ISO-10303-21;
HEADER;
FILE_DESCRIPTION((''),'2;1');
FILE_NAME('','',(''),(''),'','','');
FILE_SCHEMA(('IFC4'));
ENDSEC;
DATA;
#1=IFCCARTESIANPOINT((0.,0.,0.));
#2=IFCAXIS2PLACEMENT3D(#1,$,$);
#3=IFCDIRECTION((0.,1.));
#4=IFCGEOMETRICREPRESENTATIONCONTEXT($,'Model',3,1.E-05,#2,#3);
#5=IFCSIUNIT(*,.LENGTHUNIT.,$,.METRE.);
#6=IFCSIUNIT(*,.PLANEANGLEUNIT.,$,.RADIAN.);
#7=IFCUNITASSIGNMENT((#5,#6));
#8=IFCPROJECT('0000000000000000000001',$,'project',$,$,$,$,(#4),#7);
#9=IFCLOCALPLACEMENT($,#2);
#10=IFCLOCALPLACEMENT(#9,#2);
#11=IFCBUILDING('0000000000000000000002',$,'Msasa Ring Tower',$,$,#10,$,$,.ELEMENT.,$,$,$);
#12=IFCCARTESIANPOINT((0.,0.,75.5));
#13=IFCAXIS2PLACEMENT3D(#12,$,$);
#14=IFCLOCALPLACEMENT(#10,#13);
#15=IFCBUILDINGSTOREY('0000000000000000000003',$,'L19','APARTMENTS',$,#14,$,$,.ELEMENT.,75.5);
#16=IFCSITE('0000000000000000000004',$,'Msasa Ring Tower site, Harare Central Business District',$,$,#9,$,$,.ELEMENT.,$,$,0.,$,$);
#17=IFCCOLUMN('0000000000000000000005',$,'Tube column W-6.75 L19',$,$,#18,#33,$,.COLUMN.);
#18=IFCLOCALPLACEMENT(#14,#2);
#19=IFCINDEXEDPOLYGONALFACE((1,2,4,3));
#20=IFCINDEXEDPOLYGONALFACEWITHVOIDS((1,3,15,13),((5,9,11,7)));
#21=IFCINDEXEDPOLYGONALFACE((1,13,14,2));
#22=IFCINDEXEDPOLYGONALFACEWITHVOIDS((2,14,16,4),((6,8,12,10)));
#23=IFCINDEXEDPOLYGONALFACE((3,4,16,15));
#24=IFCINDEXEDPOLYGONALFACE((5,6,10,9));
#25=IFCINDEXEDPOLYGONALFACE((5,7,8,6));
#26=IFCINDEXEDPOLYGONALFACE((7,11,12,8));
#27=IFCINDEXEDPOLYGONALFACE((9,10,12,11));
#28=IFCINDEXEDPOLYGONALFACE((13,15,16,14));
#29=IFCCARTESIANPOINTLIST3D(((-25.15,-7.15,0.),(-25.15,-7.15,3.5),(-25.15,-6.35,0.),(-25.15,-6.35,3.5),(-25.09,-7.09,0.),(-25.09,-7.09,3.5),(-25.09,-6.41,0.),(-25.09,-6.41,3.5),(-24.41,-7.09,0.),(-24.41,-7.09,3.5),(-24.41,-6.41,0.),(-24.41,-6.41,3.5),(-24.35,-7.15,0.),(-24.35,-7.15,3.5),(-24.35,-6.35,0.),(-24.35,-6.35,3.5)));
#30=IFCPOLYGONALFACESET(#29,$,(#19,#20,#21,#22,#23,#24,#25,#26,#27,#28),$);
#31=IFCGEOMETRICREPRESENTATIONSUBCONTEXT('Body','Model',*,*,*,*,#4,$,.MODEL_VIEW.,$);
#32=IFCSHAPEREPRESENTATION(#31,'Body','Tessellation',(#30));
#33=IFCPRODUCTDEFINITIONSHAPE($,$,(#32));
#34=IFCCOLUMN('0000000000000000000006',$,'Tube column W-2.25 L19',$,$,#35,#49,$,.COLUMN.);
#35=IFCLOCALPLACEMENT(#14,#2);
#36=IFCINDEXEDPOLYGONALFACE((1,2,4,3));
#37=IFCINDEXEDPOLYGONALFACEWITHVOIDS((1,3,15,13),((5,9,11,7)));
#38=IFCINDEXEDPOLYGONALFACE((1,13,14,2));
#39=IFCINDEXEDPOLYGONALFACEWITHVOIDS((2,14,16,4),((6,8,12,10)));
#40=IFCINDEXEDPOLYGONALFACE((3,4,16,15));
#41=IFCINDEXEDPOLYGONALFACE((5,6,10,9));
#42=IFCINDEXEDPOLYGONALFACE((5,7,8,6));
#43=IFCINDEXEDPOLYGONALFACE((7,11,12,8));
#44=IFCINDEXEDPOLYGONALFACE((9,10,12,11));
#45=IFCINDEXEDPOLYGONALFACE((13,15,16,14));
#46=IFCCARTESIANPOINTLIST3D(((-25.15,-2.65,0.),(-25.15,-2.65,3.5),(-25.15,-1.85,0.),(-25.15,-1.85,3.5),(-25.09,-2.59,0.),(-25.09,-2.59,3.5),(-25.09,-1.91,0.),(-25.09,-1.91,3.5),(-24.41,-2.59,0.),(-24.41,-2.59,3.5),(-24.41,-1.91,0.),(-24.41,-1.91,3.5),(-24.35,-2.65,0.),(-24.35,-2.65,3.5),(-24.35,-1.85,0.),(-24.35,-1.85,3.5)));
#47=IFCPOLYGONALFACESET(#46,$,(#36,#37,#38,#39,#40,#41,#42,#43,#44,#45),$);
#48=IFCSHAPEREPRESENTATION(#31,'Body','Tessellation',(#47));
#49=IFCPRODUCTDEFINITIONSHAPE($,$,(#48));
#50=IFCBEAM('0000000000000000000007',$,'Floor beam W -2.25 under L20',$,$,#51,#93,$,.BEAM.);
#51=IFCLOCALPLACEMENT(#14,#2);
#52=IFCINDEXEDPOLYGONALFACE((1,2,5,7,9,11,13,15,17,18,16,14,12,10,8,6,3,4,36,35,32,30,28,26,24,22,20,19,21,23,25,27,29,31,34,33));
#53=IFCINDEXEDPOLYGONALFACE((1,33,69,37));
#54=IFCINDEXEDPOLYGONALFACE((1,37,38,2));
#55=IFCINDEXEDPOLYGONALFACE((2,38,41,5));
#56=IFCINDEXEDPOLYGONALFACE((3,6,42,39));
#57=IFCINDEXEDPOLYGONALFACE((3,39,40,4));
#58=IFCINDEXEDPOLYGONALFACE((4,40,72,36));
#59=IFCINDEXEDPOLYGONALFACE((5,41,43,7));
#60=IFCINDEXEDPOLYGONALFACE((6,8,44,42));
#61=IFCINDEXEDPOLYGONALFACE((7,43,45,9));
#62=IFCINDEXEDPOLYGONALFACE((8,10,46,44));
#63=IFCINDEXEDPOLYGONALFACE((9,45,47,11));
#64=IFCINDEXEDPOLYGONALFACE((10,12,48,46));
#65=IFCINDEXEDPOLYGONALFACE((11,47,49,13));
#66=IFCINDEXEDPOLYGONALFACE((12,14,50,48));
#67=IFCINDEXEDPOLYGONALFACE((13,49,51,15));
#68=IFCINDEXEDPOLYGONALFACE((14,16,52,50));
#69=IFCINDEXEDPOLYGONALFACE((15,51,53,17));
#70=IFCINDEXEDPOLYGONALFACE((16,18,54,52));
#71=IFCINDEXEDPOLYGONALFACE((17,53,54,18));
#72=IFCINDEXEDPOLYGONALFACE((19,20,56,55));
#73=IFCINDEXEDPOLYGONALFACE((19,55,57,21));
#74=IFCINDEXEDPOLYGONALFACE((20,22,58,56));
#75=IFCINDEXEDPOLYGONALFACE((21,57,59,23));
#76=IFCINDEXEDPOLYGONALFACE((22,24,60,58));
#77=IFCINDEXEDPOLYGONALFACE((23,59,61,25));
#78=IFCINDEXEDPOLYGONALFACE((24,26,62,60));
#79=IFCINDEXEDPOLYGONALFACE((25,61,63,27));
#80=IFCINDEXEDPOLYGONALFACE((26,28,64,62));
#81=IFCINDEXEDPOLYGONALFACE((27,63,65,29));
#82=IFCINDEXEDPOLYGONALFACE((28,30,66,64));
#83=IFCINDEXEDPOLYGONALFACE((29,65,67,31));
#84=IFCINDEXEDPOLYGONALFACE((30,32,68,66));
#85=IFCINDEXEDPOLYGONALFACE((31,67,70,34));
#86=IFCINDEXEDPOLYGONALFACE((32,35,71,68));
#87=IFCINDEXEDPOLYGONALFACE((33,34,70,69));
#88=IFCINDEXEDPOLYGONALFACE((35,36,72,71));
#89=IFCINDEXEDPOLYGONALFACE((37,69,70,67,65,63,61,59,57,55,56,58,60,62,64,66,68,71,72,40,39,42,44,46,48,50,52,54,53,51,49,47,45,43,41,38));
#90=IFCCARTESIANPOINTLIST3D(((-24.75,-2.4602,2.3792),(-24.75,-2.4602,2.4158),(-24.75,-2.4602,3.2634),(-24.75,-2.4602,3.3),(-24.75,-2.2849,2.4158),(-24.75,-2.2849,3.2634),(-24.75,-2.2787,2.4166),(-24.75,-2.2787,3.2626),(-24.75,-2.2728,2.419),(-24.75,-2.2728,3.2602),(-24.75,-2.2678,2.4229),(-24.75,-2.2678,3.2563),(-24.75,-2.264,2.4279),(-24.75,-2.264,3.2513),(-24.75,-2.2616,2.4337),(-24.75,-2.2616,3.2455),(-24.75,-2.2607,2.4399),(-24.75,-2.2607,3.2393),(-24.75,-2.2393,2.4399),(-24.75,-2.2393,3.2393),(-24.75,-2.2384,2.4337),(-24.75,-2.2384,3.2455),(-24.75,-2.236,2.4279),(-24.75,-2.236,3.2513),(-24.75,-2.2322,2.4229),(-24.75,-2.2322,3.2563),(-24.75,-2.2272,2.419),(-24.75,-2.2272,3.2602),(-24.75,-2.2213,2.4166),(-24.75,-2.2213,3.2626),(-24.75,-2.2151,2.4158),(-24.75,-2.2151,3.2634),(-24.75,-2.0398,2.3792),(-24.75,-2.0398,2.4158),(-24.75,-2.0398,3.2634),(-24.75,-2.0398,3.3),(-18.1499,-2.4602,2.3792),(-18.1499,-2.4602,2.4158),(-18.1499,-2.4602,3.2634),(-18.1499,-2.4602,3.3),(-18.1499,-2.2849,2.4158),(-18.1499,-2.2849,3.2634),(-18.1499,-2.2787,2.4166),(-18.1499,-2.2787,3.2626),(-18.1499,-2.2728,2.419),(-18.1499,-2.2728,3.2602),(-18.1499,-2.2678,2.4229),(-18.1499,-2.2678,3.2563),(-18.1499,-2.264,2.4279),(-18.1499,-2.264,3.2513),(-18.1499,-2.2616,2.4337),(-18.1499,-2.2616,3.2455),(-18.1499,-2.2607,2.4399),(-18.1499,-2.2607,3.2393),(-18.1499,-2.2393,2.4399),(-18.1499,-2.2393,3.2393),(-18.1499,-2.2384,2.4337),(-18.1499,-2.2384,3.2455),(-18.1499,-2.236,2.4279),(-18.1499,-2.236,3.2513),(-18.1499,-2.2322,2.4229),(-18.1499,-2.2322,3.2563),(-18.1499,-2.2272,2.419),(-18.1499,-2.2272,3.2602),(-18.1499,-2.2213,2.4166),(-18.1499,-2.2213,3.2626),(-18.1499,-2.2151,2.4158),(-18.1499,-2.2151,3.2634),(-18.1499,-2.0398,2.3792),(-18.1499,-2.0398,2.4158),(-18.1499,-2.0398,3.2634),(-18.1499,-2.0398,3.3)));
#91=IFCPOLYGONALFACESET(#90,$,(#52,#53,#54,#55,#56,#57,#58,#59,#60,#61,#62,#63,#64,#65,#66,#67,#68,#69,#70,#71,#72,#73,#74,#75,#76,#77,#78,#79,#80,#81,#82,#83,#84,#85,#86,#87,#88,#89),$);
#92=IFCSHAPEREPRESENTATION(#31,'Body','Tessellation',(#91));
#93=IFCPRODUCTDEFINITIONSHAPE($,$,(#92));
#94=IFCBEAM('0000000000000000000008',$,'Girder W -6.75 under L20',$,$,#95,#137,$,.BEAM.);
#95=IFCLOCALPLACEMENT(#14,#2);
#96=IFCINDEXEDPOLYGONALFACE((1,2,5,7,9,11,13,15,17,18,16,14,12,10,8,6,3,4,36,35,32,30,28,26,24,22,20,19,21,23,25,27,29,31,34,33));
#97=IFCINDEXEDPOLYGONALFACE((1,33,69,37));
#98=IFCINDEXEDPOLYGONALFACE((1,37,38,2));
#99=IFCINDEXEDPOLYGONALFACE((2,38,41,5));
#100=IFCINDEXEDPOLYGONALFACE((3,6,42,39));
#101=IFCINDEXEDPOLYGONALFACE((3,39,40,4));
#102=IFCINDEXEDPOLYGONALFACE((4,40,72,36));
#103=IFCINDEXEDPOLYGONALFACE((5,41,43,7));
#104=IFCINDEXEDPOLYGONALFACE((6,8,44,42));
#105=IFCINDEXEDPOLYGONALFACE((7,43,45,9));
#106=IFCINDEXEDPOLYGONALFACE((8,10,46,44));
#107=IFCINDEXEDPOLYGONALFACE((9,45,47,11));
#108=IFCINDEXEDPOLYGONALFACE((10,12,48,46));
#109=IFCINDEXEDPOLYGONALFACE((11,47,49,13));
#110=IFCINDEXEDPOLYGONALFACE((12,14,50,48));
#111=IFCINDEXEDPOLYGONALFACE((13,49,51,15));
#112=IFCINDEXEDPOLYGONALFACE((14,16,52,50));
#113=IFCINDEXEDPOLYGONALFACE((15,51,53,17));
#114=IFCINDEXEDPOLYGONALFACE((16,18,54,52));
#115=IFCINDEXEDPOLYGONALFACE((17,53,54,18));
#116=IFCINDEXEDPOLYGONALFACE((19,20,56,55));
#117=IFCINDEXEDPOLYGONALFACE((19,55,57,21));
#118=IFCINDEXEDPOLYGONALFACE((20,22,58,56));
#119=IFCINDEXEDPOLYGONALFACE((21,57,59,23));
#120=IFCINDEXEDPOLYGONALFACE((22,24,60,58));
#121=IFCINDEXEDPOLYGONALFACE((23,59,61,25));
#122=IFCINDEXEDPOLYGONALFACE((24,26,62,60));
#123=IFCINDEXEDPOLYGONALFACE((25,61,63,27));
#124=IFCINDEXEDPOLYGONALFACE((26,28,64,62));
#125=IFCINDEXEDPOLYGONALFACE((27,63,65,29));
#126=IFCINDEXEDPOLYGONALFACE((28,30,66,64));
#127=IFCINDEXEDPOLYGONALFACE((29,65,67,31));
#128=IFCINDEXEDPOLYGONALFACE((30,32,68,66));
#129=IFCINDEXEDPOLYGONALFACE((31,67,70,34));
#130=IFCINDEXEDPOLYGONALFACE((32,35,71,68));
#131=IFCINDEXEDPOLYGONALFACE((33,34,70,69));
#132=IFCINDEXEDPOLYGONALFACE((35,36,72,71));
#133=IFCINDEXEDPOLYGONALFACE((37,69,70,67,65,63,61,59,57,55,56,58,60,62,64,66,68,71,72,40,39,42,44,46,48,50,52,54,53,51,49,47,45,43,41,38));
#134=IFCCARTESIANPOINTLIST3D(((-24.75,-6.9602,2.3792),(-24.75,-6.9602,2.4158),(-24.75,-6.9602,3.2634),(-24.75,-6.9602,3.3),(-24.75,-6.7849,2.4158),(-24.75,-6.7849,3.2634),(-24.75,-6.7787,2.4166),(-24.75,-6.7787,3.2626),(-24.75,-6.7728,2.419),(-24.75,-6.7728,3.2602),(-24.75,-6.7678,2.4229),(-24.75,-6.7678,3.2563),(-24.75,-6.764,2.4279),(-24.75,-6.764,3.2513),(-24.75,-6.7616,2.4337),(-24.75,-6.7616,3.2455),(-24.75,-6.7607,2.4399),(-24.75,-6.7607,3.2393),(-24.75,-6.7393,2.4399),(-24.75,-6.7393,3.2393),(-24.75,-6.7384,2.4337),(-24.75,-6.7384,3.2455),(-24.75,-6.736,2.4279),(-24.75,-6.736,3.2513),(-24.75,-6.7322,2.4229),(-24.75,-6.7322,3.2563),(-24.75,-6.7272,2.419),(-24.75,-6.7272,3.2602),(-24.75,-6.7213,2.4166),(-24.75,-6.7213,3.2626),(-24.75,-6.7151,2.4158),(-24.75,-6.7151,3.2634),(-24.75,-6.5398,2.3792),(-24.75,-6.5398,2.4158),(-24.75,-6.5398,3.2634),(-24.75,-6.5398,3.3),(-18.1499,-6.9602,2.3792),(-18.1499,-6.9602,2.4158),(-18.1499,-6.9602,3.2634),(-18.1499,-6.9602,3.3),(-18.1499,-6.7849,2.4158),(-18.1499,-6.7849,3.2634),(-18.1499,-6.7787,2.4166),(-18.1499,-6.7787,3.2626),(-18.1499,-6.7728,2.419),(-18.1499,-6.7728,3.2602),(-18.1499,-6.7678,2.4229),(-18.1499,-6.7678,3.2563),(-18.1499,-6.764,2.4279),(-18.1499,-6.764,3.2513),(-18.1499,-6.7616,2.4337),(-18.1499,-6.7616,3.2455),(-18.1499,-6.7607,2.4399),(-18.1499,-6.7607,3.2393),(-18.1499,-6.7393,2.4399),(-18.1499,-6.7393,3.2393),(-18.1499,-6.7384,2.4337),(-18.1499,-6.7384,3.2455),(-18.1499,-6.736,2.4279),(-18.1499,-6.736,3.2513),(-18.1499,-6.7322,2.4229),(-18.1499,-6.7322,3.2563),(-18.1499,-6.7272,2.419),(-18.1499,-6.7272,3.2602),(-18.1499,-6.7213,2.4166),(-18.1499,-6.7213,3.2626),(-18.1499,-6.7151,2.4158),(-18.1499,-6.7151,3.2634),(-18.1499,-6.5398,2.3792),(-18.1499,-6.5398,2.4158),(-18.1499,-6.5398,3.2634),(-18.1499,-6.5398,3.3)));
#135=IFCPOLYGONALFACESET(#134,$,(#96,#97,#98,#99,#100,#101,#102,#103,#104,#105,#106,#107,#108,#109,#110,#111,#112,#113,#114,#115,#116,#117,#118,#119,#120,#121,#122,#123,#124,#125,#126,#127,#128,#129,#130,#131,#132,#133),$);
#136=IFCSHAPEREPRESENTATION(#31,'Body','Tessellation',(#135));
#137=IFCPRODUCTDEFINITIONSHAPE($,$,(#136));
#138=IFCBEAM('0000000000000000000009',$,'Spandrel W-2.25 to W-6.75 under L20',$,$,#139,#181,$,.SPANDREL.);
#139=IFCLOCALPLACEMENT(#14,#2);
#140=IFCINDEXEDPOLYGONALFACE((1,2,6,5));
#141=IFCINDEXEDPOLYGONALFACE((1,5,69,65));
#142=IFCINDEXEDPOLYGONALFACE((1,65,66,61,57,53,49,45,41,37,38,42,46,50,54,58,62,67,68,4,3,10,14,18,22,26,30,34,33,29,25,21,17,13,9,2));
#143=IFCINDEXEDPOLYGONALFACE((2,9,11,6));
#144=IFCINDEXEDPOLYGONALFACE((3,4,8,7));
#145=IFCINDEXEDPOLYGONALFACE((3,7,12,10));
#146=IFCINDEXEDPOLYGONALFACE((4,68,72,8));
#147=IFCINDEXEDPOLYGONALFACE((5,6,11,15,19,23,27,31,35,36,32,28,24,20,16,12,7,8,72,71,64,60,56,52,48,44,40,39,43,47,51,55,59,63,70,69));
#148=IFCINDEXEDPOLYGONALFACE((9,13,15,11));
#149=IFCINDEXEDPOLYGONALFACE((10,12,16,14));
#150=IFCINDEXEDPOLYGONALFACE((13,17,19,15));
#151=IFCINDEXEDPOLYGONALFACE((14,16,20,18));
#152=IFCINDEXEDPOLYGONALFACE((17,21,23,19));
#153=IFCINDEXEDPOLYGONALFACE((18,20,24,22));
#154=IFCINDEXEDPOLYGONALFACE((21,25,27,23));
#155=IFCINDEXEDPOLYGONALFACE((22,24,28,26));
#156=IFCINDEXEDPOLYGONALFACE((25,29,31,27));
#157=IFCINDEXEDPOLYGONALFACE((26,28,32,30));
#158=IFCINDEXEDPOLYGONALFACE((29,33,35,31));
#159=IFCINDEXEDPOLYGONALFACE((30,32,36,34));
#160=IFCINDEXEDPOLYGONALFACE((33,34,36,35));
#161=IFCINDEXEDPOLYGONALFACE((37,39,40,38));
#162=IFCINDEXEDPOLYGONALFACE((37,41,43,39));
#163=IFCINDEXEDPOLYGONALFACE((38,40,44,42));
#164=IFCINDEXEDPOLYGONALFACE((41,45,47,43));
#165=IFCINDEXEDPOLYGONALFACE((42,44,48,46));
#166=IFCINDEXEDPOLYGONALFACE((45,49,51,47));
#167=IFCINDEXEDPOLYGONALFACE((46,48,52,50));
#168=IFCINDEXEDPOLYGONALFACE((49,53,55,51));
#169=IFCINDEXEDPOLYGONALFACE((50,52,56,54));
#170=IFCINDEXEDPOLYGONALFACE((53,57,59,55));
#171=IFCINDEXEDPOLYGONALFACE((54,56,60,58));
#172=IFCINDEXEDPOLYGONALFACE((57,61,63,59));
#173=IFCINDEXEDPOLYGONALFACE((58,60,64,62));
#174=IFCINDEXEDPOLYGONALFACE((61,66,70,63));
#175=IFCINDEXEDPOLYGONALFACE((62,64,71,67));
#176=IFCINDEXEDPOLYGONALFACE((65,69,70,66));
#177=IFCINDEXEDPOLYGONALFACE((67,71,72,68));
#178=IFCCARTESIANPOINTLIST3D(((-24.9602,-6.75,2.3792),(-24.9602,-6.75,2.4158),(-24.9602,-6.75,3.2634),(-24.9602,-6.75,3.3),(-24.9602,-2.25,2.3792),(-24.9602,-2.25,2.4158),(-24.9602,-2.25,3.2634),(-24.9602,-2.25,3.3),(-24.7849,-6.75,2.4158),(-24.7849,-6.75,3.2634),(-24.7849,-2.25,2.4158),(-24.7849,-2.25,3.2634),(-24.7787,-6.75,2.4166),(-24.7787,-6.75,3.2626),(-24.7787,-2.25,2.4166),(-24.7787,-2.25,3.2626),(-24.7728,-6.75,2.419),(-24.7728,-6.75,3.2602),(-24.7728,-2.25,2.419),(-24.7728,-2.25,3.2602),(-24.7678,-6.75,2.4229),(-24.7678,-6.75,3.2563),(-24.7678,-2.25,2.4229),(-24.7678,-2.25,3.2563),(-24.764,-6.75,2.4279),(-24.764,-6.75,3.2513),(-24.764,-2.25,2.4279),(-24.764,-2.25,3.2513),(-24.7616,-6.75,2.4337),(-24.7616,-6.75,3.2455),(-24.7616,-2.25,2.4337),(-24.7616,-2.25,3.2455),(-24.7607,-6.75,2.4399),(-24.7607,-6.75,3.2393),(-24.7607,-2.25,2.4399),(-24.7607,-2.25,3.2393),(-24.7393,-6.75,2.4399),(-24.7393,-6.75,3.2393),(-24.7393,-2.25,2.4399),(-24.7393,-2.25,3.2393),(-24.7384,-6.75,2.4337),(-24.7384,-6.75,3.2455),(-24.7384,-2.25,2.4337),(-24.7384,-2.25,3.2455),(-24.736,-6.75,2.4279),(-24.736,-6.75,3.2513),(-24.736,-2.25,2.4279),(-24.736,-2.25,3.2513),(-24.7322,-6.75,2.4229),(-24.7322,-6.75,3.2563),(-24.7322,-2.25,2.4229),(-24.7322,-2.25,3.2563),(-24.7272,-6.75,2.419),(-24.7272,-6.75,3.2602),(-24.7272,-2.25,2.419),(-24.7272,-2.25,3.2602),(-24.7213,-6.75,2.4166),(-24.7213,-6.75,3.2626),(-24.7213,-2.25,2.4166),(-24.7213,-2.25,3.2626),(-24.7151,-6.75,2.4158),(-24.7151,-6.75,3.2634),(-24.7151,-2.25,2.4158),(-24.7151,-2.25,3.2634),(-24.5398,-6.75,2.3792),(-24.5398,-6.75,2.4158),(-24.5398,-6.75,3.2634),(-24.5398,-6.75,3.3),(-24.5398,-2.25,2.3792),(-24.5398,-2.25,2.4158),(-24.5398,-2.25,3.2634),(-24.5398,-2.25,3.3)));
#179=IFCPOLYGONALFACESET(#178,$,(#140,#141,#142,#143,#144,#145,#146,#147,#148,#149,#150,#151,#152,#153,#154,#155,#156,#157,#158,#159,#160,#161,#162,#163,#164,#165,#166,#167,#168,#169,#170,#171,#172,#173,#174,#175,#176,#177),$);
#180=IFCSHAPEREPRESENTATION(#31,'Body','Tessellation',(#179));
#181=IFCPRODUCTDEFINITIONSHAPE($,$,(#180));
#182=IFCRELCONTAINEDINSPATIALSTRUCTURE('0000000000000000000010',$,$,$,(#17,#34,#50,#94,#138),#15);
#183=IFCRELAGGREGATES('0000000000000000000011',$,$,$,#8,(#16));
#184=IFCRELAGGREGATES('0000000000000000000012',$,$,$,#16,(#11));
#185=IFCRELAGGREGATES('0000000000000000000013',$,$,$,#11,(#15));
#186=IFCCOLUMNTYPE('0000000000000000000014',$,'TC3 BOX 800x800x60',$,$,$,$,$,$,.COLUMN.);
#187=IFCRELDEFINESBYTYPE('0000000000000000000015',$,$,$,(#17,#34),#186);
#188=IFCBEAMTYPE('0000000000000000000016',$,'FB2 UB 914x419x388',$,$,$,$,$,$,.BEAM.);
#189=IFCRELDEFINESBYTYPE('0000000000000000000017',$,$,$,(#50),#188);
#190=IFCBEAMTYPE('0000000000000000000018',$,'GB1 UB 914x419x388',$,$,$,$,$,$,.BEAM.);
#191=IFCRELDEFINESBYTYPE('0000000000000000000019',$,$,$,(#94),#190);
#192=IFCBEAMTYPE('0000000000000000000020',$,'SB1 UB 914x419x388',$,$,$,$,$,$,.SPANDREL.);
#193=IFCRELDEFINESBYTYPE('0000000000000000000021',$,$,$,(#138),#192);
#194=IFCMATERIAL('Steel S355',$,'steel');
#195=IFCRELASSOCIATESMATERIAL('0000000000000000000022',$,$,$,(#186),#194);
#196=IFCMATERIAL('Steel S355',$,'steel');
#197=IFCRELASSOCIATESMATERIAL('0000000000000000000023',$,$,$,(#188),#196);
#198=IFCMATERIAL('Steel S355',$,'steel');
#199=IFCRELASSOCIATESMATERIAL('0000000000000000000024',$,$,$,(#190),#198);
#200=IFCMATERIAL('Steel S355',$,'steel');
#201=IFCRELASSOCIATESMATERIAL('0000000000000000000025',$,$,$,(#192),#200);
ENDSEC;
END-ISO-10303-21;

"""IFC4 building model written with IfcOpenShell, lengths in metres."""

from ifc_helpers import new_model, si_unit, direction, frame, origin, origin_2d, place, context, subcontext, project, spatial, hollow_rectangle, i_section, extrude, material, material_profile, profile_set, type_object, element, save


model = new_model("IFC4")

# Units and contexts
model_context = context("Model", 3, precision=1e-05, world=origin(), true_north=direction((0.0, 1.0)))
body_context = subcontext(model_context, "Body", "Model", "MODEL_VIEW")
ifc_project = project(units=[si_unit("LENGTHUNIT", "METRE"), si_unit("PLANEANGLEUNIT", "RADIAN")], contexts=[model_context])

# Site, building, storey
site_placement = place(None, origin())
site = spatial("IfcSite", under=ifc_project, at=site_placement, Name="Msasa Ring Tower site, Harare Central Business District", CompositionType="ELEMENT", RefElevation=0.0)
building_placement = place(site_placement, origin())
building = spatial("IfcBuilding", under=site, at=building_placement, Name="Msasa Ring Tower", CompositionType="ELEMENT")
storey_placement = place(building_placement, frame((0.0, 0.0, 75.5)))
storey = spatial("IfcBuildingStorey", under=building, at=storey_placement, Name="L19", Description="APARTMENTS", CompositionType="ELEMENT", Elevation=75.5)

# Columns
ifc_material_1 = material(Name="Steel S355", Category="steel")
ifc_material_profile_1 = material_profile(ifc_material_1, hollow_rectangle(XDim=0.8, YDim=0.8, WallThickness=0.0601, at=origin_2d()), Name="BOX 800x800x60")
ifc_profile_set_1 = profile_set([ifc_material_profile_1], Name="Steel S355")
column_type = type_object("IfcColumnType", Name="TC3 BOX 800x800x60", PredefinedType="COLUMN", material=ifc_profile_set_1)
for number, where, z_axis, x_axis, name in (
    (1, (-24.75, -6.75, 0.0), (0.0, 0.0, 1.0), (1.0, 0.0, 0.0), "Tube column W-6.75 L19"),
    (2, (-24.75, -2.25, 0.0), (0.0, 0.0, 1.0), (1.0, 0.0, 0.0), "Tube column W-2.25 L19"),
):
    element("IfcColumn", number, at=place(storey_placement, frame(where, z_axis=z_axis, x_axis=x_axis)), inside=storey, type_object=column_type, Name=name, PredefinedType="COLUMN", context=body_context, shape_type="SweptSolid", body=[
        extrude(hollow_rectangle(XDim=0.8, YDim=0.8, WallThickness=0.0601, at=origin_2d()), origin(), (0.0, 0.0, 1.0), 3.5),
    ])

# Beams
ifc_material_2 = material(Name="Steel S355", Category="steel")
ifc_material_profile_2 = material_profile(ifc_material_2, i_section(OverallWidth=0.4204, OverallDepth=0.9209, WebThickness=0.0215, FlangeThickness=0.0366, FilletRadius=0.0242, at=origin_2d()), Name="UB 914x419x388")
ifc_profile_set_2 = profile_set([ifc_material_profile_2], Name="Steel S355")
beam_type_1 = type_object("IfcBeamType", Name="FB2 UB 914x419x388", PredefinedType="BEAM", material=ifc_profile_set_2)
beam_1_placement = place(storey_placement, frame((-24.75, -2.25, 2.8396), z_axis=(1.0, 0.0, 0.0), x_axis=(0.0, 1.0, 0.0)))
element("IfcBeam", 3, at=beam_1_placement, inside=storey, type_object=beam_type_1, Name="Floor beam W -2.25 under L20", PredefinedType="BEAM", context=body_context, shape_type="SweptSolid", body=[
    extrude(i_section(OverallWidth=0.4204, OverallDepth=0.9209, WebThickness=0.0215, FlangeThickness=0.0366, FilletRadius=0.0242, at=origin_2d()), origin(), (0.0, 0.0, 1.0), 6.6001),
])
ifc_material_3 = material(Name="Steel S355", Category="steel")
ifc_material_profile_3 = material_profile(ifc_material_3, i_section(OverallWidth=0.4204, OverallDepth=0.9209, WebThickness=0.0215, FlangeThickness=0.0366, FilletRadius=0.0242, at=origin_2d()), Name="UB 914x419x388")
ifc_profile_set_3 = profile_set([ifc_material_profile_3], Name="Steel S355")
beam_type_2 = type_object("IfcBeamType", Name="GB1 UB 914x419x388", PredefinedType="BEAM", material=ifc_profile_set_3)
beam_2_placement = place(storey_placement, frame((-18.1499, -6.75, 2.8396), z_axis=(-1.0, 0.0, 0.0), x_axis=(0.0, -1.0, 0.0)))
element("IfcBeam", 4, at=beam_2_placement, inside=storey, type_object=beam_type_2, Name="Girder W -6.75 under L20", PredefinedType="BEAM", context=body_context, shape_type="SweptSolid", body=[
    extrude(i_section(OverallWidth=0.4204, OverallDepth=0.9209, WebThickness=0.0215, FlangeThickness=0.0366, FilletRadius=0.0242, at=origin_2d()), origin(), (0.0, 0.0, 1.0), 6.6001),
])
ifc_material_4 = material(Name="Steel S355", Category="steel")
ifc_material_profile_4 = material_profile(ifc_material_4, i_section(OverallWidth=0.4204, OverallDepth=0.9209, WebThickness=0.0215, FlangeThickness=0.0366, FilletRadius=0.0242, at=origin_2d()), Name="UB 914x419x388")
ifc_profile_set_4 = profile_set([ifc_material_profile_4], Name="Steel S355")
beam_type_3 = type_object("IfcBeamType", Name="SB1 UB 914x419x388", PredefinedType="SPANDREL", material=ifc_profile_set_4)
for number, where, z_axis, x_axis, name in (
    (5, (-24.75, -2.25, 2.8396), (0.0, -1.0, 0.0), (1.0, 0.0, 0.0), "Spandrel W-2.25 to W-6.75 under L20"),
):
    element("IfcBeam", number, at=place(storey_placement, frame(where, z_axis=z_axis, x_axis=x_axis)), inside=storey, type_object=beam_type_3, Name=name, PredefinedType="SPANDREL", context=body_context, shape_type="SweptSolid", body=[
        extrude(i_section(OverallWidth=0.4204, OverallDepth=0.9209, WebThickness=0.0215, FlangeThickness=0.0366, FilletRadius=0.0242, at=origin_2d()), origin(), (0.0, 0.0, 1.0), 4.5),
    ])

save(model, "model.ifc")
